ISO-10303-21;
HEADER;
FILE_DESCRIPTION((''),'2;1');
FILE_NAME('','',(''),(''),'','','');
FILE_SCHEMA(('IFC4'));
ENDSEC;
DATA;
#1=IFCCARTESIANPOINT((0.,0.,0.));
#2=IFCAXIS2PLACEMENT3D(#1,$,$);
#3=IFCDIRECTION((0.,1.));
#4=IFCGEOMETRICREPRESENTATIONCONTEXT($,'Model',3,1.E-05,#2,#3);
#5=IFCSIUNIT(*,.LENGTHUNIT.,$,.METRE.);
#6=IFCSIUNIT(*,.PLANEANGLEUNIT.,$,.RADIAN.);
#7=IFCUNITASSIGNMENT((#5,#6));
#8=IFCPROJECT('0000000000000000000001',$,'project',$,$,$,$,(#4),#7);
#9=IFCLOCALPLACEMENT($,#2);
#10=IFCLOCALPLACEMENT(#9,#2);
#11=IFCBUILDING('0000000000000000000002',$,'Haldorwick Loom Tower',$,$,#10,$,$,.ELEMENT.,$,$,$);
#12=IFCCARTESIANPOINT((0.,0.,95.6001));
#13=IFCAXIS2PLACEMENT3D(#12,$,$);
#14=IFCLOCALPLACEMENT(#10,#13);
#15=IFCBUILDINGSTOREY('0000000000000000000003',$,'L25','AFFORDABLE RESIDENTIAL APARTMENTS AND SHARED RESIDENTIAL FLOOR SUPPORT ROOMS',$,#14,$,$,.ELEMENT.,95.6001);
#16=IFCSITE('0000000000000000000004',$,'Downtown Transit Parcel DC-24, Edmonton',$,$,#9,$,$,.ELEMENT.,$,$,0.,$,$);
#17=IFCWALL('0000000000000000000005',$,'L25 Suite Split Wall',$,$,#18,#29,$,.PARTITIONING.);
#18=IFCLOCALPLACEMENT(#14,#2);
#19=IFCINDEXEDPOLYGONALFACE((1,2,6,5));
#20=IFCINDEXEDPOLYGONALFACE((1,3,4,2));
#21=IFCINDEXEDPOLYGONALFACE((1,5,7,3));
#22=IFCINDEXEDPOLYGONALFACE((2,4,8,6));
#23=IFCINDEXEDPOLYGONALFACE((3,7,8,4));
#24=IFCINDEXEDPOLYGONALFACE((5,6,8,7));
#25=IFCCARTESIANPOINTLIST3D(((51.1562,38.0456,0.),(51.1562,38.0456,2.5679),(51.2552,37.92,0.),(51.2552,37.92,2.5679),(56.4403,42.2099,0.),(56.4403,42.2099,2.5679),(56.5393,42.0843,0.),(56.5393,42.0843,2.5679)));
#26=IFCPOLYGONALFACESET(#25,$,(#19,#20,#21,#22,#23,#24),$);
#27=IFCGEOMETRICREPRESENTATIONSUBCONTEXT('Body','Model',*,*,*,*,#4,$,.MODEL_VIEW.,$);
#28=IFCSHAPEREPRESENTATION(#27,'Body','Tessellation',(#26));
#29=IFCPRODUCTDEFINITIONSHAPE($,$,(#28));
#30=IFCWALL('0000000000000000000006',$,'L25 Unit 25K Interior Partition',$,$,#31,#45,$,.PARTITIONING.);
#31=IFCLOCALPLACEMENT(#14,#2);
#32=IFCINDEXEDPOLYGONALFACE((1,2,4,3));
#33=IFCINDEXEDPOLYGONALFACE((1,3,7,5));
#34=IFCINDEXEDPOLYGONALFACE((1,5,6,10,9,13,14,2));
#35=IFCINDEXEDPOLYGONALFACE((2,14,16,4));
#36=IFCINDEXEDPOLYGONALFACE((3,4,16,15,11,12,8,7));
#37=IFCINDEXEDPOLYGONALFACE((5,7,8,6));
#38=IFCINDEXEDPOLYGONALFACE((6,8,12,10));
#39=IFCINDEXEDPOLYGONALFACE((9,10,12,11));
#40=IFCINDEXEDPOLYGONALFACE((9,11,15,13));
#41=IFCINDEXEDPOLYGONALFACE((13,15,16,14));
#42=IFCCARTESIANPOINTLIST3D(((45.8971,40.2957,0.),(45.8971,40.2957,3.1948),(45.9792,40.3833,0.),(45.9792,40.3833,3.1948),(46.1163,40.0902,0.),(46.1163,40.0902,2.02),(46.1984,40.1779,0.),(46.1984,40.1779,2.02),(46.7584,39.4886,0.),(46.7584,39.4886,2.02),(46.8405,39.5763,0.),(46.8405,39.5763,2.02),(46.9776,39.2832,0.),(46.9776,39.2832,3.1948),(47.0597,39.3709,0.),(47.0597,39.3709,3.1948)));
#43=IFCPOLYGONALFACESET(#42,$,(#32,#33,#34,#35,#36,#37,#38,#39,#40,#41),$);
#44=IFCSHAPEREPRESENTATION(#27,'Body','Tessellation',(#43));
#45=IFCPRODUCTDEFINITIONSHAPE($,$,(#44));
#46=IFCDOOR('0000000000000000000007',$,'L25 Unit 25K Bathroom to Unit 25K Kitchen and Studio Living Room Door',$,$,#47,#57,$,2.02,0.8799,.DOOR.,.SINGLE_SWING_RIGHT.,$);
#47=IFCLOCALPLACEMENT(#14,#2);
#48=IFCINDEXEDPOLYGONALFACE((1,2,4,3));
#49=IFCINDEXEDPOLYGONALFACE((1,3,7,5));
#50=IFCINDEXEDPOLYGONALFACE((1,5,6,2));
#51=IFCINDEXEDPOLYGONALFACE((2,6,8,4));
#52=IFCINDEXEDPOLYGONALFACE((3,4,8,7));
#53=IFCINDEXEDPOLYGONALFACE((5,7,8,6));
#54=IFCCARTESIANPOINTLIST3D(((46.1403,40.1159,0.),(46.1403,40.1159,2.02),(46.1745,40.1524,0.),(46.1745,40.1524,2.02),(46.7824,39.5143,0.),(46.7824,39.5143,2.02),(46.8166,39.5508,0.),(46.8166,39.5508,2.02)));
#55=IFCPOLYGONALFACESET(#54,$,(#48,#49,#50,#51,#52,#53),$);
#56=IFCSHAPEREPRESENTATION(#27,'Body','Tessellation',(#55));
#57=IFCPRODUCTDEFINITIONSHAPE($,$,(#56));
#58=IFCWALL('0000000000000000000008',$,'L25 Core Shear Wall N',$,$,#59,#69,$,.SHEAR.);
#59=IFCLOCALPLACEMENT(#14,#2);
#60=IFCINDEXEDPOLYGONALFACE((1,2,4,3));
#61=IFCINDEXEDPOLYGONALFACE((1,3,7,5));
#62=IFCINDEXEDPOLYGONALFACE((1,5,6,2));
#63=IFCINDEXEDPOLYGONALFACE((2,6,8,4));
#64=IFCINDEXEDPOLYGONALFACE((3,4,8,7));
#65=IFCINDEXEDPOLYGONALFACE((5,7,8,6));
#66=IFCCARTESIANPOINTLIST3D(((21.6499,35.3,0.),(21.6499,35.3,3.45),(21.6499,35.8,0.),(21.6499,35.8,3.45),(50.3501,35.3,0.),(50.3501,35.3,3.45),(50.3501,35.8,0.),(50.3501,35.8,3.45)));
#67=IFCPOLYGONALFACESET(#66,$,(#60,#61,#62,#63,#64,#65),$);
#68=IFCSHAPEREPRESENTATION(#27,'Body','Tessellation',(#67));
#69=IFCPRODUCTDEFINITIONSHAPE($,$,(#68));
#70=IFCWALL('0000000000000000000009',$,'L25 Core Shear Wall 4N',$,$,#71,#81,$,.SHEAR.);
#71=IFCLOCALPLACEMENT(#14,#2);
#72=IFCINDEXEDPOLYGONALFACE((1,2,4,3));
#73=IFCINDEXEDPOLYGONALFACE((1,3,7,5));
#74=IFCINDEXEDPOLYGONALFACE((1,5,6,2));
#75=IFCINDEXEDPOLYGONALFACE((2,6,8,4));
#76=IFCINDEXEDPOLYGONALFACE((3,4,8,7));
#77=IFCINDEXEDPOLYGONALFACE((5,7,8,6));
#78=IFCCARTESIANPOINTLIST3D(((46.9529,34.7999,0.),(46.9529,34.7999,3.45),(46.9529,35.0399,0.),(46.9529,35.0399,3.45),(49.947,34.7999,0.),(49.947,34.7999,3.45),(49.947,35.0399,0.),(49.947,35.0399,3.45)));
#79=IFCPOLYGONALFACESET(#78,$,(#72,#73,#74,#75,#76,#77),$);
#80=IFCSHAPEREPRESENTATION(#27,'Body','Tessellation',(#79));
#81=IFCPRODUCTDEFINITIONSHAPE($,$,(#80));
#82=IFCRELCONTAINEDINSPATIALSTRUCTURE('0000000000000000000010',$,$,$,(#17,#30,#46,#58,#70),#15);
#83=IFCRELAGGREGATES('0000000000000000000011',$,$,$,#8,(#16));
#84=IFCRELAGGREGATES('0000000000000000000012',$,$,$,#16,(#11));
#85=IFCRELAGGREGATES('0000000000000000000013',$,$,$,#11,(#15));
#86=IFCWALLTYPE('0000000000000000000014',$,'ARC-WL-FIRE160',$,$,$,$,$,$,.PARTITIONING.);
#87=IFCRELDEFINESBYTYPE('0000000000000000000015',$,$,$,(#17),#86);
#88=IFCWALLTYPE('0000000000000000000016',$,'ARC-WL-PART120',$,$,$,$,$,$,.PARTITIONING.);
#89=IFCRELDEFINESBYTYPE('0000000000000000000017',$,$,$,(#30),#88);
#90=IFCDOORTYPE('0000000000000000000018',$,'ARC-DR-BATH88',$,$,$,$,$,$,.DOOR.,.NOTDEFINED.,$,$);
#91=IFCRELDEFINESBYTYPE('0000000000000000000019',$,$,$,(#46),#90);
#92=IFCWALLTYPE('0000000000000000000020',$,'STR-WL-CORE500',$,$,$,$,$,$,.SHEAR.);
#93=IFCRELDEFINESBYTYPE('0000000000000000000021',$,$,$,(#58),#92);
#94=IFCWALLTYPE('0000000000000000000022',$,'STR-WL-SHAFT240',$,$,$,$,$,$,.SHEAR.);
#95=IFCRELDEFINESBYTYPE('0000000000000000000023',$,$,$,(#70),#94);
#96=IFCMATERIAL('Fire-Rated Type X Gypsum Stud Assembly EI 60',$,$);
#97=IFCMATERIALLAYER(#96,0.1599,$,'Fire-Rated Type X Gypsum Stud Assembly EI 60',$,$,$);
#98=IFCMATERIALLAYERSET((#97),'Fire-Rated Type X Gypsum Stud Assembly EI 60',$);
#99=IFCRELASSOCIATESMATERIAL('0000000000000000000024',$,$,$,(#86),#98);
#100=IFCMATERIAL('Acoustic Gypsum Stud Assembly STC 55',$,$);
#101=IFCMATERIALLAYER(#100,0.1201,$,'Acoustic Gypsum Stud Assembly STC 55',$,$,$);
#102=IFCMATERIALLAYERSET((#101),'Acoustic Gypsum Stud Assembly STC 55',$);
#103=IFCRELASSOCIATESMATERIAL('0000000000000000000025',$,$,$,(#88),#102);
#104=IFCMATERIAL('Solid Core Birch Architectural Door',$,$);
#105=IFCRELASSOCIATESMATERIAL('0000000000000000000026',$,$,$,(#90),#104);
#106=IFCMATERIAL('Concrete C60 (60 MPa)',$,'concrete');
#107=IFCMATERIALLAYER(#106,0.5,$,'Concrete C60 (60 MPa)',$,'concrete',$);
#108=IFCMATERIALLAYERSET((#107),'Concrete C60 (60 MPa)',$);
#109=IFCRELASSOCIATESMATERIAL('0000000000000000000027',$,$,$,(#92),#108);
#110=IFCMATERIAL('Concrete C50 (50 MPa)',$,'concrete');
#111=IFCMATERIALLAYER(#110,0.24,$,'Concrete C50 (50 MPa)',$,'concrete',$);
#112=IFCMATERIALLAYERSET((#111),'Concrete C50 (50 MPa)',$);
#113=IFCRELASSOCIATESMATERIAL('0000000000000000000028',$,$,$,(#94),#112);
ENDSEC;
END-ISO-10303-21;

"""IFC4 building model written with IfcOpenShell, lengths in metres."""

from ifc_helpers import new_model, si_unit, direction, frame, frame_2d, origin, place, context, subcontext, project, spatial, rectangle, extrude, material, layer, layer_set, type_object, element, fill, save


model = new_model("IFC4")

# Units and contexts
model_context = context("Model", 3, precision=1e-05, world=origin(), true_north=direction((0.0, 1.0)))
body_context = subcontext(model_context, "Body", "Model", "MODEL_VIEW")
ifc_project = project(units=[si_unit("LENGTHUNIT", "METRE"), si_unit("PLANEANGLEUNIT", "RADIAN")], contexts=[model_context])

# Site, building, storey
site_placement = place(None, origin())
site = spatial("IfcSite", under=ifc_project, at=site_placement, Name="Downtown Transit Parcel DC-24, Edmonton", CompositionType="ELEMENT", RefElevation=0.0)
building_placement = place(site_placement, origin())
building = spatial("IfcBuilding", under=site, at=building_placement, Name="Haldorwick Loom Tower", CompositionType="ELEMENT")
storey_placement = place(building_placement, frame((0.0, 0.0, 95.6001)))
storey = spatial("IfcBuildingStorey", under=building, at=storey_placement, Name="L25", Description="AFFORDABLE RESIDENTIAL APARTMENTS AND SHARED RESIDENTIAL FLOOR SUPPORT ROOMS", CompositionType="ELEMENT", Elevation=95.6001)

# Shared definitions
ifc_material_1 = material(Name="Concrete C60 (60 MPa)", Category="concrete")

# Shared definitions
ifc_material_2 = material(Name="Fire-Rated Type X Gypsum Stud Assembly EI 60")
ifc_layer_1 = layer(ifc_material_2, 0.1599, Name="Fire-Rated Type X Gypsum Stud Assembly EI 60")
ifc_layer_set_1 = layer_set([ifc_layer_1], Name="Fire-Rated Type X Gypsum Stud Assembly EI 60")
wall_type_1 = type_object("IfcWallType", Name="ARC-WL-FIRE160", PredefinedType="PARTITIONING", material=ifc_layer_set_1)

# Wall
wall_1_placement = place(storey_placement, frame((51.2058, 37.9829, 0.0), z_axis=(0.0, 0.0, 1.0), x_axis=(0.785418, 0.618965, 0.0)))
element("IfcWall", 1, at=wall_1_placement, inside=storey, type_object=wall_type_1, Name="L25 Suite Split Wall", PredefinedType="PARTITIONING", context=body_context, shape_type="SweptSolid", body=[
    extrude(rectangle(XDim=6.7278, YDim=0.1599, at=frame_2d((3.3638, 0.0))), origin(), (0.0, 0.0, 1.0), 2.5679),
])

# Wall, opening, door
ifc_material_3 = material(Name="Acoustic Gypsum Stud Assembly STC 55")
ifc_layer_2 = layer(ifc_material_3, 0.1201, Name="Acoustic Gypsum Stud Assembly STC 55")
ifc_layer_set_2 = layer_set([ifc_layer_2], Name="Acoustic Gypsum Stud Assembly STC 55")
wall_type_2 = type_object("IfcWallType", Name="ARC-WL-PART120", PredefinedType="PARTITIONING", material=ifc_layer_set_2)
wall_2_placement = place(storey_placement, frame((47.0186, 39.3271, 0.0), z_axis=(0.0, 0.0, 1.0), x_axis=(-0.729733, 0.683733, 0.0)))
wall_2 = element("IfcWall", 2, at=wall_2_placement, inside=storey, type_object=wall_type_2, Name="L25 Unit 25K Interior Partition", PredefinedType="PARTITIONING", context=body_context, shape_type="SweptSolid", body=[
    extrude(rectangle(XDim=1.4807, YDim=0.1201, at=frame_2d((0.7402, 0.0))), origin(), (0.0, 0.0, 1.0), 3.1948),
])
opening_1_placement = place(wall_2_placement, frame((0.3003, 0.0, 0.0)))
opening_1 = element("IfcOpeningElement", 3, at=opening_1_placement, cuts=wall_2, PredefinedType="OPENING", context=body_context, shape_type="SweptSolid", body=[
    extrude(rectangle(XDim=0.8799, YDim=2.02, at=frame_2d((0.4399, 1.01))), frame((0.0, 0.0701, 0.0), z_axis=(0.0, -1.0, 0.0), x_axis=(1.0, 0.0, 0.0)), (0.0, 0.0, 1.0), 0.1401),
])
ifc_material_4 = material(Name="Solid Core Birch Architectural Door")
door_type_1 = type_object("IfcDoorType", Name="ARC-DR-BATH88", OperationType="NOTDEFINED", PredefinedType="DOOR", material=ifc_material_4)
door_1_placement = place(opening_1_placement, origin())
door_1 = element("IfcDoor", 4, at=door_1_placement, inside=storey, type_object=door_type_1, Name="L25 Unit 25K Bathroom to Unit 25K Kitchen and Studio Living Room Door", OperationType="SINGLE_SWING_RIGHT", OverallHeight=2.02, OverallWidth=0.8799, PredefinedType="DOOR", context=body_context, shape_type="SweptSolid", body=[
    extrude(rectangle(XDim=0.8799, YDim=2.02, at=frame_2d((0.4399, 1.01))), frame((0.0, 0.0249, 0.0), z_axis=(0.0, -1.0, 0.0), x_axis=(1.0, 0.0, 0.0)), (0.0, 0.0, 1.0), 0.05),
])
fill(opening_1, door_1)

# Walls
ifc_layer_3 = layer(ifc_material_1, 0.5, Name="Concrete C60 (60 MPa)", Category="concrete")
ifc_layer_set_3 = layer_set([ifc_layer_3], Name="Concrete C60 (60 MPa)")
wall_type_3 = type_object("IfcWallType", Name="STR-WL-CORE500", PredefinedType="SHEAR", material=ifc_layer_set_3)
wall_3_placement = place(storey_placement, frame((50.3501, 35.55, 0.0), z_axis=(0.0, 0.0, 1.0), x_axis=(-1.0, 0.0, 0.0)))
element("IfcWall", 5, at=wall_3_placement, inside=storey, type_object=wall_type_3, Name="L25 Core Shear Wall N", PredefinedType="SHEAR", context=body_context, shape_type="SweptSolid", body=[
    extrude(rectangle(XDim=28.7002, YDim=0.5, at=frame_2d((14.3501, 0.0))), origin(), (0.0, 0.0, 1.0), 3.45),
])
ifc_material_5 = material(Name="Concrete C50 (50 MPa)", Category="concrete")
ifc_layer_4 = layer(ifc_material_5, 0.24, Name="Concrete C50 (50 MPa)", Category="concrete")
ifc_layer_set_4 = layer_set([ifc_layer_4], Name="Concrete C50 (50 MPa)")
wall_type_4 = type_object("IfcWallType", Name="STR-WL-SHAFT240", PredefinedType="SHEAR", material=ifc_layer_set_4)
wall_4_placement = place(storey_placement, frame((46.9529, 34.9199, 0.0), z_axis=(0.0, 0.0, 1.0), x_axis=(1.0, 0.0, 0.0)))
element("IfcWall", 6, at=wall_4_placement, inside=storey, type_object=wall_type_4, Name="L25 Core Shear Wall 4N", PredefinedType="SHEAR", context=body_context, shape_type="SweptSolid", body=[
    extrude(rectangle(XDim=2.9941, YDim=0.24, at=frame_2d((1.4971, 0.0))), origin(), (0.0, 0.0, 1.0), 3.45),
])

save(model, "model.ifc")
